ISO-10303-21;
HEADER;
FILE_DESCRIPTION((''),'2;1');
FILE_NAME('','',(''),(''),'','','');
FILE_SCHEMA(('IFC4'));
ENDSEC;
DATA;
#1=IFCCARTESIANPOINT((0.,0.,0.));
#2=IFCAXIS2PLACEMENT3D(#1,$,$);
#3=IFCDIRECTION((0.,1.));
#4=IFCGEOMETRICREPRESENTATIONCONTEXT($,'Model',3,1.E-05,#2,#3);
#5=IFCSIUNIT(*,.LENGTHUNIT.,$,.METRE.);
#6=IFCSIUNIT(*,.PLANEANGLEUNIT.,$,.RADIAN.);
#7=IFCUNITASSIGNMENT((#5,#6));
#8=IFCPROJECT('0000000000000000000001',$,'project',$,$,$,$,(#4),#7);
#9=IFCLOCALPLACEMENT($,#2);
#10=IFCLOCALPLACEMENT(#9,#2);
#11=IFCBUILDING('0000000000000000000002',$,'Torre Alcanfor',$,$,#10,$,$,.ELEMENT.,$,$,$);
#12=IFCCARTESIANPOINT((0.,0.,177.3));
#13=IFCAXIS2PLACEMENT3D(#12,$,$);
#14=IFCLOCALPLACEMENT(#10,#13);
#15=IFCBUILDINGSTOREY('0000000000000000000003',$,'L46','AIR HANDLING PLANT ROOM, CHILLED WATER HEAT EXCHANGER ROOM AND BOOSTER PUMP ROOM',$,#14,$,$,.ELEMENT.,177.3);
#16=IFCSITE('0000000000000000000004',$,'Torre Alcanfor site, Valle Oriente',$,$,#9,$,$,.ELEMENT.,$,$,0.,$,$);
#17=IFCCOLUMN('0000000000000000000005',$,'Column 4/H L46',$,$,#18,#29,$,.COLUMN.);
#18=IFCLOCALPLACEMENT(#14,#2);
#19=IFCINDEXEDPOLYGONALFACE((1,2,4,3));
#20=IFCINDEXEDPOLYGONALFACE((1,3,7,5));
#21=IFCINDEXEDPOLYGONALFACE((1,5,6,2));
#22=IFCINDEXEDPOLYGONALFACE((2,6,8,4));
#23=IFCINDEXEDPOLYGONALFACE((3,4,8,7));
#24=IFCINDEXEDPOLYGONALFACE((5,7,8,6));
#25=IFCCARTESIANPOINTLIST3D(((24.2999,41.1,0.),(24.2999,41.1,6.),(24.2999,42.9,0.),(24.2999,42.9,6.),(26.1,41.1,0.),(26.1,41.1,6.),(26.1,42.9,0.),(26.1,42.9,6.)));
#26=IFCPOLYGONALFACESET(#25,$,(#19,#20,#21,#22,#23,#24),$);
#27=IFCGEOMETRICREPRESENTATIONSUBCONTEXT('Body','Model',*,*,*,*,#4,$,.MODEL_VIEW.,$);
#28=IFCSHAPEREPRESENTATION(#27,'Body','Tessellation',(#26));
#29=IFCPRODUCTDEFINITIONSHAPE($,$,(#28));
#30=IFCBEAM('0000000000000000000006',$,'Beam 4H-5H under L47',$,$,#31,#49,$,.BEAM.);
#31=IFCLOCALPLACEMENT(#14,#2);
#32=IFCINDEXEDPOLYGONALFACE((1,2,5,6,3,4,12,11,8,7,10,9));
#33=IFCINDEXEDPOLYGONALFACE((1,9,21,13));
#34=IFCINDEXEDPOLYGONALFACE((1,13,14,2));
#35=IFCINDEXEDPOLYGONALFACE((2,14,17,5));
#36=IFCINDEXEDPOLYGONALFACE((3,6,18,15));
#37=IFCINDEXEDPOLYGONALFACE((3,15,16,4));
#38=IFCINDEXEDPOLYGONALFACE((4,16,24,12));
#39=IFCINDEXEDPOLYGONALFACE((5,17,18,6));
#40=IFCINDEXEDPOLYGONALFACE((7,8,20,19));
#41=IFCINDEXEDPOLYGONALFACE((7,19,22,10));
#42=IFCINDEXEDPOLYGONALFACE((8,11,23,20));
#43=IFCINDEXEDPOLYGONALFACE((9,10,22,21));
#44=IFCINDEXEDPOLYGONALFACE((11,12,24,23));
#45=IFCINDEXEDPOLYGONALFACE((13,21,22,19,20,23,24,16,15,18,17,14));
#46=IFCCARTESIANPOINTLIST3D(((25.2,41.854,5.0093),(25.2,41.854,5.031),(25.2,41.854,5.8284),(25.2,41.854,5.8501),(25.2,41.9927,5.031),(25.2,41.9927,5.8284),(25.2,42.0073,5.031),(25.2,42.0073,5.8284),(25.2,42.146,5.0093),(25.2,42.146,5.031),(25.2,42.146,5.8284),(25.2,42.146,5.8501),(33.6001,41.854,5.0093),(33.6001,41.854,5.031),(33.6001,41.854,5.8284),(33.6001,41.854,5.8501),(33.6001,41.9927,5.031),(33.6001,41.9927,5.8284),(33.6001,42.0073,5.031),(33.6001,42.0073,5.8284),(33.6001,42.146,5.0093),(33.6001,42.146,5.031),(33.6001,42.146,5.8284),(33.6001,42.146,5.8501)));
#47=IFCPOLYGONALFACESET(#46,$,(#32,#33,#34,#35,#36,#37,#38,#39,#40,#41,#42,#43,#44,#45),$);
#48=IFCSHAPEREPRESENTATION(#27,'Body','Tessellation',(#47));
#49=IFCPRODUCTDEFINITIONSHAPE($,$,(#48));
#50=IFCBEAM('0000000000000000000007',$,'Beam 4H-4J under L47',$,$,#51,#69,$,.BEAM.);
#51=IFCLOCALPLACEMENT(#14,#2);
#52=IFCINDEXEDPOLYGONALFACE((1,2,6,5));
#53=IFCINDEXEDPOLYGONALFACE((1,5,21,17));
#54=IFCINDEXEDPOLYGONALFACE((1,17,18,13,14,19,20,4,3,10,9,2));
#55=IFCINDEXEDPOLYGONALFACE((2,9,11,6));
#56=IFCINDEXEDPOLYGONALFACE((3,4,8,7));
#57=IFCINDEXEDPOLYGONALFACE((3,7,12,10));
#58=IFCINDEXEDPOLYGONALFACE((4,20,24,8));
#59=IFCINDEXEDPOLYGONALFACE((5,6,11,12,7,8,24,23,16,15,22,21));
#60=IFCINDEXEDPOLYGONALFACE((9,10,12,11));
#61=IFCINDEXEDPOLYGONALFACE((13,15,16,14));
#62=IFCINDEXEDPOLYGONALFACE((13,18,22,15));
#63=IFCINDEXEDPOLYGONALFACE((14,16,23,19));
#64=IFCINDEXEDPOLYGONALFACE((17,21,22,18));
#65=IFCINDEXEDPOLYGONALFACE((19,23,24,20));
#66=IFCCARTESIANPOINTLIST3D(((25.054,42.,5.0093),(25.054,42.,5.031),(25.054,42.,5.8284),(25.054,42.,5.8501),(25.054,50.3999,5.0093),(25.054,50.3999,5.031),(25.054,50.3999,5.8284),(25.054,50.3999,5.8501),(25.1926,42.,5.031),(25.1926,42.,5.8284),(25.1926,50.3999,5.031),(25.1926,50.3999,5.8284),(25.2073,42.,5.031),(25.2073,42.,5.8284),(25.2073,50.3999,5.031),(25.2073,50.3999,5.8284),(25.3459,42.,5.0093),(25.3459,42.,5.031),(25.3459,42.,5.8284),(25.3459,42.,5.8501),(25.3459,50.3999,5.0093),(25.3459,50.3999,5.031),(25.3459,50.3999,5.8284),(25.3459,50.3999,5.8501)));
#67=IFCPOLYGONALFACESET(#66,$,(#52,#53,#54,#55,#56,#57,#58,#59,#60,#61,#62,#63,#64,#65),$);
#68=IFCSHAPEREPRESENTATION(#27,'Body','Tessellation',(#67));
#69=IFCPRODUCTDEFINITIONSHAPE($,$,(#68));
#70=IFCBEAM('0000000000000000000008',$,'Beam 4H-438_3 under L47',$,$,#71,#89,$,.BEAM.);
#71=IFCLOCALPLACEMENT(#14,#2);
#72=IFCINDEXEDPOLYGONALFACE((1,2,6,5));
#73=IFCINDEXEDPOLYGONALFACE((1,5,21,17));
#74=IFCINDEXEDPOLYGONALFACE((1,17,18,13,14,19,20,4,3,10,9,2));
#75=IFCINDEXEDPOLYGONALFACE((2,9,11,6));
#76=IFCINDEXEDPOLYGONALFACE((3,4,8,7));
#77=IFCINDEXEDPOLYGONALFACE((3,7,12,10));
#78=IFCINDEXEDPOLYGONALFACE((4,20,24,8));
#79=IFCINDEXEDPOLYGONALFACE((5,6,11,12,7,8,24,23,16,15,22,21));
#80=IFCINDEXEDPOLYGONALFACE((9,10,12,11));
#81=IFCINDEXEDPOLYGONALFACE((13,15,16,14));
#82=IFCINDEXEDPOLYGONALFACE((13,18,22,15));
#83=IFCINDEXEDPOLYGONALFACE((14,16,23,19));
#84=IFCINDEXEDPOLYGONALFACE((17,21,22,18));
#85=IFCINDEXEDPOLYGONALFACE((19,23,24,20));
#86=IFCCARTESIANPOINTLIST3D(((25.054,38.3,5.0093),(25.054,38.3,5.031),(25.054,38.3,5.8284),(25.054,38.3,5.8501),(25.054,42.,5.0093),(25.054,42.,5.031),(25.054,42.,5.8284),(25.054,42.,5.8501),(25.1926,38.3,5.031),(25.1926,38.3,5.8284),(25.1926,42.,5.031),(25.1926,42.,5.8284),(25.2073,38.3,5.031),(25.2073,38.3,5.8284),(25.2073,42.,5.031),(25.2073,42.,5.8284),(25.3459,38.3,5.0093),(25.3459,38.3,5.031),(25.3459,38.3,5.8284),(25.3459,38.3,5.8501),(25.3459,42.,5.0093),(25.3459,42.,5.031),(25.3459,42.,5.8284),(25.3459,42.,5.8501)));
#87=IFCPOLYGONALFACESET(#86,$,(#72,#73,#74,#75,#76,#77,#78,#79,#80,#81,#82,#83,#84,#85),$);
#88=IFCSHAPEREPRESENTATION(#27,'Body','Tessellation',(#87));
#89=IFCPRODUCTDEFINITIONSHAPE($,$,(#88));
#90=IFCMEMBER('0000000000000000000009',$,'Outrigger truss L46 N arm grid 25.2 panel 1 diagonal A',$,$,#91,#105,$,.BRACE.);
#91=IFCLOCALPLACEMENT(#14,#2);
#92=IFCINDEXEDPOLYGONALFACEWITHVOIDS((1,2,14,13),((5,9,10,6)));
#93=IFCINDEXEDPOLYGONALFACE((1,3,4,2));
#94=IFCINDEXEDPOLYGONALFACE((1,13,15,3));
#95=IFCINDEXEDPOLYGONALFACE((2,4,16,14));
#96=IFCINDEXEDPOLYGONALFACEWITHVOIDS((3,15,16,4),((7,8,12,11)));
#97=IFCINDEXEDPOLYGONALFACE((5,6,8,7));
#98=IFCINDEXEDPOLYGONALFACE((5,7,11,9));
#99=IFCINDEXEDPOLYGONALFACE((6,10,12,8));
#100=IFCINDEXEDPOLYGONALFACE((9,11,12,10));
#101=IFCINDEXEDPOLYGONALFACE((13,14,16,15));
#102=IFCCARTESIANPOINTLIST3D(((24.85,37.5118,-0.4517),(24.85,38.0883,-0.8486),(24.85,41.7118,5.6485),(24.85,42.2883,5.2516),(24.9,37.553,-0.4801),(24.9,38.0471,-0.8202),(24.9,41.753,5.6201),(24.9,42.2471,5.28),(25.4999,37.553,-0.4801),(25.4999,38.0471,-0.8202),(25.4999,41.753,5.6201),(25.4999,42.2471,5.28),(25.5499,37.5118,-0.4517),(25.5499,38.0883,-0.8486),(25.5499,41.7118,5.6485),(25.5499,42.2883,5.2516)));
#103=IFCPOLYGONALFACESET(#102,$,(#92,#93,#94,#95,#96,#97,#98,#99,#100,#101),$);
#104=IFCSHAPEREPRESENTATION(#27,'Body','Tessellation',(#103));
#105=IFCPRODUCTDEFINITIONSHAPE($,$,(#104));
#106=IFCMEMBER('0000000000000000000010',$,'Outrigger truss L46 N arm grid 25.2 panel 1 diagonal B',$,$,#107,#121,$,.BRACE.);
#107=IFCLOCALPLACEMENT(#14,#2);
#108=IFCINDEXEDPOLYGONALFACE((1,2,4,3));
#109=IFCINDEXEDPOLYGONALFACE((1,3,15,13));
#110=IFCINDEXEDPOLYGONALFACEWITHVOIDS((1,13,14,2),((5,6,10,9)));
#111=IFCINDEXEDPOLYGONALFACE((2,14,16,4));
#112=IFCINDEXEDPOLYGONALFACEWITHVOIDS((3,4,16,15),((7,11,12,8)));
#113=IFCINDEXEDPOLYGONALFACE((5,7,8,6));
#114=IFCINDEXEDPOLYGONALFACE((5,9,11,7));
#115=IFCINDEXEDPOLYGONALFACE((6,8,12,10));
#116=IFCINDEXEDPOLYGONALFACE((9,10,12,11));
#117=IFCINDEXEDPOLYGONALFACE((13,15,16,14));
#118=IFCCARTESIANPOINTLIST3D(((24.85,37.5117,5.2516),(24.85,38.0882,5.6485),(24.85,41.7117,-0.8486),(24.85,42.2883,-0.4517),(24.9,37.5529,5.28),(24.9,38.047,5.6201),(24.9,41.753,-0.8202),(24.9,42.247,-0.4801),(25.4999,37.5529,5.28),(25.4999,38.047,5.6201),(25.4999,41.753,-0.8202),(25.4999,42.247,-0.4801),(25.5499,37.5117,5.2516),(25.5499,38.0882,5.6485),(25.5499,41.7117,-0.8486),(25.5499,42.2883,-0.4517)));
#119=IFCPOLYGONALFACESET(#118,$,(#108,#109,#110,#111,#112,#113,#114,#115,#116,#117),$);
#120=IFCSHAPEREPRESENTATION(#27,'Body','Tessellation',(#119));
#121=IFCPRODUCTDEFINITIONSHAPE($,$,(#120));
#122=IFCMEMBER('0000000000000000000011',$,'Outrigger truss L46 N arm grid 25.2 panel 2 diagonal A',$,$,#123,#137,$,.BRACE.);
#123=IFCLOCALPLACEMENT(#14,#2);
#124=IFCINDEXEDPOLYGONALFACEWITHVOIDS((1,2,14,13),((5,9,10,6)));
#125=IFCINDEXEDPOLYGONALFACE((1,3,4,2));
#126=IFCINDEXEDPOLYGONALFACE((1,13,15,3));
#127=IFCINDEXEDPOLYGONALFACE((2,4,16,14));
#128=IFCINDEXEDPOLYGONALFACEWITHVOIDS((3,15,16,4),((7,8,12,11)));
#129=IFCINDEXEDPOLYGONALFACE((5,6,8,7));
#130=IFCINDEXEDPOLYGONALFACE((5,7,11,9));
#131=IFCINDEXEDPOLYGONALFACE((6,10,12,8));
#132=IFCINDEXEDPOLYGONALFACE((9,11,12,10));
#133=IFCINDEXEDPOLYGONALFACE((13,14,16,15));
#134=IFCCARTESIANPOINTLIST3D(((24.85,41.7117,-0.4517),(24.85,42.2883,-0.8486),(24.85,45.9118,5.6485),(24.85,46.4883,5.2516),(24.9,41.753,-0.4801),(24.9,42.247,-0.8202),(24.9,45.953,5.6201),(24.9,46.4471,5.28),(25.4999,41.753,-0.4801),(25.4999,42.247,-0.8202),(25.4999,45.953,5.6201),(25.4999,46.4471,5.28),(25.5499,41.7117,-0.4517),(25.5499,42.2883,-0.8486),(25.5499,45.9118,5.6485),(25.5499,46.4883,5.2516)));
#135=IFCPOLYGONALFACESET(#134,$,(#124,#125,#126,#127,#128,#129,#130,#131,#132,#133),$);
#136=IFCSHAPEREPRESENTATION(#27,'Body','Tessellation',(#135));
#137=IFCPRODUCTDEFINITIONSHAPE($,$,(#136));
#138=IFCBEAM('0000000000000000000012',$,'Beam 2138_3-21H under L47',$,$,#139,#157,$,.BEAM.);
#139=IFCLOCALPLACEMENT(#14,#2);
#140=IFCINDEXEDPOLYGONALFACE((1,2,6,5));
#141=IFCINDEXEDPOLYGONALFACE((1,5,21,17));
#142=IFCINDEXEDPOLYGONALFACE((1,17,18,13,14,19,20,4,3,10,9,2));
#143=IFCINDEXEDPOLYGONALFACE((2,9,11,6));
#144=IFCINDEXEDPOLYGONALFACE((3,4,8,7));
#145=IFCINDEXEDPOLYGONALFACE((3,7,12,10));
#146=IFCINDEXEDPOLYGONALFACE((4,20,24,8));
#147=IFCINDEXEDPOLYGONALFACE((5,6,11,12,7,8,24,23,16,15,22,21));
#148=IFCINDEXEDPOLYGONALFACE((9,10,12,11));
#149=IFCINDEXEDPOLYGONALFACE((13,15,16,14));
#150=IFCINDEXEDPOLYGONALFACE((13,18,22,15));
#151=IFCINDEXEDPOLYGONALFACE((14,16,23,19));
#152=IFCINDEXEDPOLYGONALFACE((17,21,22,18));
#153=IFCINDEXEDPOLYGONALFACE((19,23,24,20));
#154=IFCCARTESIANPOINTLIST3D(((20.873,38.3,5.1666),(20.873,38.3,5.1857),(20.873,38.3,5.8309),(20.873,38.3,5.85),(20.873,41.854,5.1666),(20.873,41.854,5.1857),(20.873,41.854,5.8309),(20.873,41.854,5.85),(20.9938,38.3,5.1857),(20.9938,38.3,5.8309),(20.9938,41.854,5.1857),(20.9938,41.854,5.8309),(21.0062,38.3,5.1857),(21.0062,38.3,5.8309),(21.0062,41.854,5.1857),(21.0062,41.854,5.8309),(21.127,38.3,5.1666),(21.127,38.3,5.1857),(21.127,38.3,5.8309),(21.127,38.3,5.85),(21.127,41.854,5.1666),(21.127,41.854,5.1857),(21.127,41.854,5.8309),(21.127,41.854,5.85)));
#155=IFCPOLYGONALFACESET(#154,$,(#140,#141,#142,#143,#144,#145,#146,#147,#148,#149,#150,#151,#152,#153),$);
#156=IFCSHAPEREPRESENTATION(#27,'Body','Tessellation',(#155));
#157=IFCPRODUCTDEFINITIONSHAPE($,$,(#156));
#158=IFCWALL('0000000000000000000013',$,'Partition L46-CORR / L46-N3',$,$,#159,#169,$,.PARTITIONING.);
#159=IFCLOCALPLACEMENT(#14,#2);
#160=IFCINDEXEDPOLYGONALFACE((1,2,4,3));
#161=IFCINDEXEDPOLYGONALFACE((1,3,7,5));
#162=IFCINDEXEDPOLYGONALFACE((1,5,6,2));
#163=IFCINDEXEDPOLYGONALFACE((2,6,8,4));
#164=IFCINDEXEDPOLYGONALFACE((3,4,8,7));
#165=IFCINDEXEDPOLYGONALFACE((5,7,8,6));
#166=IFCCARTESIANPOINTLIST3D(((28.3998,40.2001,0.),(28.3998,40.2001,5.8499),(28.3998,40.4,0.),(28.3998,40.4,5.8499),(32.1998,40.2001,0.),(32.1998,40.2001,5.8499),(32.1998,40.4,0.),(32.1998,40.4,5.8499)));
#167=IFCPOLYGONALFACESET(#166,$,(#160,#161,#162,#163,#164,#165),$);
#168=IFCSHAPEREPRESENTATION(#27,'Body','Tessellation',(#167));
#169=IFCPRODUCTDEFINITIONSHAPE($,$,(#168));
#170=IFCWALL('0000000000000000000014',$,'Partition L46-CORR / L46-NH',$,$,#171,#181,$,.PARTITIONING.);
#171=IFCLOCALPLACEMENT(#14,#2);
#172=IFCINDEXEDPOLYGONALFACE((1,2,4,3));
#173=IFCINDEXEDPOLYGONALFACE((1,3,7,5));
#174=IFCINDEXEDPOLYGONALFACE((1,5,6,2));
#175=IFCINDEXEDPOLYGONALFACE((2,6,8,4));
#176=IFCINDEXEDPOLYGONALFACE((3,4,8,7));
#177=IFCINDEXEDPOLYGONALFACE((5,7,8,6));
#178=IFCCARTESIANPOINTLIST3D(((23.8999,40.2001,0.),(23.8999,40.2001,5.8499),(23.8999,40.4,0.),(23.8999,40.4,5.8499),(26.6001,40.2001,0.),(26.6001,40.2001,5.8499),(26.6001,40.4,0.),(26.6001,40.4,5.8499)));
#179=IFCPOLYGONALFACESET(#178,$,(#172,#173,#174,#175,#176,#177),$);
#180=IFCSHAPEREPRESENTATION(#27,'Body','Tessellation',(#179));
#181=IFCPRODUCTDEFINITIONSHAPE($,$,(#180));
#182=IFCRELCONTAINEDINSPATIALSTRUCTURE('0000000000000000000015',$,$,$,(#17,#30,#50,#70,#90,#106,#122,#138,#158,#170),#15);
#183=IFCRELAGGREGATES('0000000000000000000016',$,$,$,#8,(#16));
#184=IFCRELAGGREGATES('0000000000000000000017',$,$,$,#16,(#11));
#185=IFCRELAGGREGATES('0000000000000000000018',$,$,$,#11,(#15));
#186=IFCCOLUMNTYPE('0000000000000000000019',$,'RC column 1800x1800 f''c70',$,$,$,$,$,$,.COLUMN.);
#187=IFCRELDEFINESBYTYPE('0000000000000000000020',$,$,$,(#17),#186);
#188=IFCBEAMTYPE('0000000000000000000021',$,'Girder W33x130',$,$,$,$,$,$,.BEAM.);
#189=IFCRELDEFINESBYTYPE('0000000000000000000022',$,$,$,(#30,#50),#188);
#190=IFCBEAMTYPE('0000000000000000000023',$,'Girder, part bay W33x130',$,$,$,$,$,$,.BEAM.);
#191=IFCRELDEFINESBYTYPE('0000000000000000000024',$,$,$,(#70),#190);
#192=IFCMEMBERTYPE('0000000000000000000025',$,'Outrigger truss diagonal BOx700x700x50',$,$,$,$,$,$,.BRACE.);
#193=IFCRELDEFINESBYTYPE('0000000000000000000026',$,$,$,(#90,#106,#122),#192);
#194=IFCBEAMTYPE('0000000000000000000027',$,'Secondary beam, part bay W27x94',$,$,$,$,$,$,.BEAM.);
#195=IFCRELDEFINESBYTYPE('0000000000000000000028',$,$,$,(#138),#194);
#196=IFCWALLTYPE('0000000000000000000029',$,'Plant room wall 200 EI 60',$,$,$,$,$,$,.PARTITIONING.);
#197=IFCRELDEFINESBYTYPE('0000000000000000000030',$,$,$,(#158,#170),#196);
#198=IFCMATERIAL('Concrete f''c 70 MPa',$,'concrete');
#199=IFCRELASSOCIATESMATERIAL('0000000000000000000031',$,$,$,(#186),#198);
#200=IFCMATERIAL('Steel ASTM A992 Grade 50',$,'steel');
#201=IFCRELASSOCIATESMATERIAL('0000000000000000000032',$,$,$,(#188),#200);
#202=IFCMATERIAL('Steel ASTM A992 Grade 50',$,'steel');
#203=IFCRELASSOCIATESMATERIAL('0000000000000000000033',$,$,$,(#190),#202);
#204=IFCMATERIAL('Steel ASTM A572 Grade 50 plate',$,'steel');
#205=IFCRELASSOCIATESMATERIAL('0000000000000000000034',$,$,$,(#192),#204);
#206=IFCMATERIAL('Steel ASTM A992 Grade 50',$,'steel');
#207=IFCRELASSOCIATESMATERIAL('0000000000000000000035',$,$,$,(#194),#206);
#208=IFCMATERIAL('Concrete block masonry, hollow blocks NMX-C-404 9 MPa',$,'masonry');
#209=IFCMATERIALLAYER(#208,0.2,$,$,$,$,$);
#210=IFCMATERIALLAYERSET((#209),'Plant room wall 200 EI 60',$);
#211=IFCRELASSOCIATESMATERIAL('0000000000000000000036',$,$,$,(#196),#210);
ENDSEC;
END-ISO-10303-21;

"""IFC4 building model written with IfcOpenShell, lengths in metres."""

from ifc_helpers import new_model, si_unit, direction, frame, frame_2d, origin, origin_2d, place, context, subcontext, project, spatial, rectangle, hollow_rectangle, i_section, extrude, material, layer, layer_set, material_profile, profile_set, type_object, element, save


model = new_model("IFC4")

# Units and contexts
model_context = context("Model", 3, precision=1e-05, world=origin(), true_north=direction((0.0, 1.0)))
body_context = subcontext(model_context, "Body", "Model", "MODEL_VIEW")
ifc_project = project(units=[si_unit("LENGTHUNIT", "METRE"), si_unit("PLANEANGLEUNIT", "RADIAN")], contexts=[model_context])

# Site, building, storey
site_placement = place(None, origin())
site = spatial("IfcSite", under=ifc_project, at=site_placement, Name="Torre Alcanfor site, Valle Oriente", CompositionType="ELEMENT", RefElevation=0.0)
building_placement = place(site_placement, origin())
building = spatial("IfcBuilding", under=site, at=building_placement, Name="Torre Alcanfor", CompositionType="ELEMENT")
storey_placement = place(building_placement, frame((0.0, 0.0, 177.3)))
storey = spatial("IfcBuildingStorey", under=building, at=storey_placement, Name="L46", Description="AIR HANDLING PLANT ROOM, CHILLED WATER HEAT EXCHANGER ROOM AND BOOSTER PUMP ROOM", CompositionType="ELEMENT", Elevation=177.3)

# Column
ifc_material_1 = material(Name="Concrete f'c 70 MPa", Category="concrete")
ifc_material_profile_1 = material_profile(ifc_material_1, rectangle(XDim=1.8, YDim=1.8, at=origin_2d()), Name="1800x1800")
ifc_profile_set_1 = profile_set([ifc_material_profile_1], Name="Concrete f'c 70 MPa")
column_type = type_object("IfcColumnType", Name="RC column 1800x1800 f'c70", PredefinedType="COLUMN", material=ifc_profile_set_1)
column_placement = place(storey_placement, frame((25.2, 42.0, 0.0), z_axis=(0.0, 0.0, 1.0), x_axis=(1.0, 0.0, 0.0)))
element("IfcColumn", 1, at=column_placement, inside=storey, type_object=column_type, Name="Column 4/H L46", PredefinedType="COLUMN", context=body_context, shape_type="SweptSolid", body=[
    extrude(rectangle(XDim=1.8, YDim=1.8, at=origin_2d()), origin(), (0.0, 0.0, 1.0), 6.0),
])

# Beams
ifc_material_2 = material(Name="Steel ASTM A992 Grade 50", Category="steel")
ifc_material_profile_2 = material_profile(ifc_material_2, i_section(OverallWidth=0.292, OverallDepth=0.8408, WebThickness=0.0146, FlangeThickness=0.0217, at=origin_2d()), Name="W33x130")
ifc_profile_set_2 = profile_set([ifc_material_profile_2], Name="Steel ASTM A992 Grade 50")
beam_type_1 = type_object("IfcBeamType", Name="Girder W33x130", PredefinedType="BEAM", material=ifc_profile_set_2)
beam_1_placement = place(storey_placement, frame((25.2, 42.0, 5.4297), z_axis=(1.0, 0.0, 0.0), x_axis=(0.0, 1.0, 0.0)))
element("IfcBeam", 2, at=beam_1_placement, inside=storey, type_object=beam_type_1, Name="Beam 4H-5H under L47", PredefinedType="BEAM", context=body_context, shape_type="SweptSolid", body=[
    extrude(i_section(OverallWidth=0.292, OverallDepth=0.8408, WebThickness=0.0146, FlangeThickness=0.0217, at=origin_2d()), origin(), (0.0, 0.0, 1.0), 8.4001),
])
beam_2_placement = place(storey_placement, frame((25.2, 42.0, 5.4297), z_axis=(0.0, 1.0, 0.0), x_axis=(-1.0, 0.0, 0.0)))
element("IfcBeam", 3, at=beam_2_placement, inside=storey, type_object=beam_type_1, Name="Beam 4H-4J under L47", PredefinedType="BEAM", context=body_context, shape_type="SweptSolid", body=[
    extrude(i_section(OverallWidth=0.292, OverallDepth=0.8408, WebThickness=0.0146, FlangeThickness=0.0217, at=origin_2d()), origin(), (0.0, 0.0, 1.0), 8.3999),
])
ifc_material_3 = material(Name="Steel ASTM A992 Grade 50", Category="steel")
ifc_material_profile_3 = material_profile(ifc_material_3, i_section(OverallWidth=0.292, OverallDepth=0.8408, WebThickness=0.0146, FlangeThickness=0.0217, at=origin_2d()), Name="W33x130")
ifc_profile_set_3 = profile_set([ifc_material_profile_3], Name="Steel ASTM A992 Grade 50")
beam_type_2 = type_object("IfcBeamType", Name="Girder, part bay W33x130", PredefinedType="BEAM", material=ifc_profile_set_3)
beam_3_placement = place(storey_placement, frame((25.2, 42.0, 5.4297), z_axis=(0.0, -1.0, 0.0), x_axis=(1.0, 0.0, 0.0)))
element("IfcBeam", 4, at=beam_3_placement, inside=storey, type_object=beam_type_2, Name="Beam 4H-438_3 under L47", PredefinedType="BEAM", context=body_context, shape_type="SweptSolid", body=[
    extrude(i_section(OverallWidth=0.292, OverallDepth=0.8408, WebThickness=0.0146, FlangeThickness=0.0217, at=origin_2d()), origin(), (0.0, 0.0, 1.0), 3.7),
])

# Members
ifc_material_4 = material(Name="Steel ASTM A572 Grade 50 plate", Category="steel")
ifc_material_profile_4 = material_profile(ifc_material_4, hollow_rectangle(XDim=0.7, YDim=0.7, WallThickness=0.05, at=origin_2d()), Name="BOX 700x700x50")
ifc_profile_set_4 = profile_set([ifc_material_profile_4], Name="Steel ASTM A572 Grade 50 plate")
member_type = type_object("IfcMemberType", Name="Outrigger truss diagonal BOx700x700x50", PredefinedType="BRACE", material=ifc_profile_set_4)
for number, where, z_axis, x_axis, name in (
    (5, (25.2, 37.8, -0.6501), (0.0, 0.567091, 0.823655), (-1.0, 0.0, 0.0), "Outrigger truss L46 N arm grid 25.2 panel 1 diagonal A"),
    (6, (25.2, 42.0, -0.6501), (0.0, -0.567091, 0.823655), (1.0, 0.0, 0.0), "Outrigger truss L46 N arm grid 25.2 panel 1 diagonal B"),
    (7, (25.2, 42.0, -0.6501), (0.0, 0.567091, 0.823655), (-1.0, 0.0, 0.0), "Outrigger truss L46 N arm grid 25.2 panel 2 diagonal A"),
):
    element("IfcMember", number, at=place(storey_placement, frame(where, z_axis=z_axis, x_axis=x_axis)), inside=storey, type_object=member_type, Name=name, PredefinedType="BRACE", context=body_context, shape_type="SweptSolid", body=[
        extrude(hollow_rectangle(XDim=0.7, YDim=0.7, WallThickness=0.05, at=origin_2d()), origin(), (0.0, 0.0, 1.0), 7.4062),
    ])

# Beam
ifc_material_5 = material(Name="Steel ASTM A992 Grade 50", Category="steel")
ifc_material_profile_5 = material_profile(ifc_material_5, i_section(OverallWidth=0.2539, OverallDepth=0.6833, WebThickness=0.0125, FlangeThickness=0.019, at=origin_2d()), Name="W27x94")
ifc_profile_set_5 = profile_set([ifc_material_profile_5], Name="Steel ASTM A992 Grade 50")
beam_type_3 = type_object("IfcBeamType", Name="Secondary beam, part bay W27x94", PredefinedType="BEAM", material=ifc_profile_set_5)
beam_4_placement = place(storey_placement, frame((21.0, 38.3, 5.5083), z_axis=(0.0, 1.0, 0.0), x_axis=(-1.0, 0.0, 0.0)))
element("IfcBeam", 8, at=beam_4_placement, inside=storey, type_object=beam_type_3, Name="Beam 2138_3-21H under L47", PredefinedType="BEAM", context=body_context, shape_type="SweptSolid", body=[
    extrude(i_section(OverallWidth=0.2539, OverallDepth=0.6833, WebThickness=0.0125, FlangeThickness=0.019, at=origin_2d()), origin(), (0.0, 0.0, 1.0), 3.554),
])

# Shared definitions
ifc_material_6 = material(Name="Concrete block masonry, hollow blocks NMX-C-404 9 MPa", Category="masonry")
ifc_layer = layer(ifc_material_6, 0.2)
ifc_layer_set = layer_set([ifc_layer], Name="Plant room wall 200 EI 60")
wall_type = type_object("IfcWallType", Name="Plant room wall 200 EI 60", PredefinedType="PARTITIONING", material=ifc_layer_set)

# Walls
wall_1_placement = place(storey_placement, frame((28.3999, 40.3, 0.0), z_axis=(0.0, 0.0, 1.0), x_axis=(1.0, 0.0, 0.0)))
element("IfcWall", 9, at=wall_1_placement, inside=storey, type_object=wall_type, Name="Partition L46-CORR / L46-N3", PredefinedType="PARTITIONING", context=body_context, shape_type="SweptSolid", body=[
    extrude(rectangle(XDim=3.8, YDim=0.2, at=frame_2d((1.8999, 0.0))), origin(), (0.0, 0.0, 1.0), 5.8499),
])
wall_2_placement = place(storey_placement, frame((23.8999, 40.3, 0.0), z_axis=(0.0, 0.0, 1.0), x_axis=(1.0, 0.0, 0.0)))
element("IfcWall", 10, at=wall_2_placement, inside=storey, type_object=wall_type, Name="Partition L46-CORR / L46-NH", PredefinedType="PARTITIONING", context=body_context, shape_type="SweptSolid", body=[
    extrude(rectangle(XDim=2.7002, YDim=0.2, at=frame_2d((1.3501, 0.0))), origin(), (0.0, 0.0, 1.0), 5.8499),
])

save(model, "model.ifc")
